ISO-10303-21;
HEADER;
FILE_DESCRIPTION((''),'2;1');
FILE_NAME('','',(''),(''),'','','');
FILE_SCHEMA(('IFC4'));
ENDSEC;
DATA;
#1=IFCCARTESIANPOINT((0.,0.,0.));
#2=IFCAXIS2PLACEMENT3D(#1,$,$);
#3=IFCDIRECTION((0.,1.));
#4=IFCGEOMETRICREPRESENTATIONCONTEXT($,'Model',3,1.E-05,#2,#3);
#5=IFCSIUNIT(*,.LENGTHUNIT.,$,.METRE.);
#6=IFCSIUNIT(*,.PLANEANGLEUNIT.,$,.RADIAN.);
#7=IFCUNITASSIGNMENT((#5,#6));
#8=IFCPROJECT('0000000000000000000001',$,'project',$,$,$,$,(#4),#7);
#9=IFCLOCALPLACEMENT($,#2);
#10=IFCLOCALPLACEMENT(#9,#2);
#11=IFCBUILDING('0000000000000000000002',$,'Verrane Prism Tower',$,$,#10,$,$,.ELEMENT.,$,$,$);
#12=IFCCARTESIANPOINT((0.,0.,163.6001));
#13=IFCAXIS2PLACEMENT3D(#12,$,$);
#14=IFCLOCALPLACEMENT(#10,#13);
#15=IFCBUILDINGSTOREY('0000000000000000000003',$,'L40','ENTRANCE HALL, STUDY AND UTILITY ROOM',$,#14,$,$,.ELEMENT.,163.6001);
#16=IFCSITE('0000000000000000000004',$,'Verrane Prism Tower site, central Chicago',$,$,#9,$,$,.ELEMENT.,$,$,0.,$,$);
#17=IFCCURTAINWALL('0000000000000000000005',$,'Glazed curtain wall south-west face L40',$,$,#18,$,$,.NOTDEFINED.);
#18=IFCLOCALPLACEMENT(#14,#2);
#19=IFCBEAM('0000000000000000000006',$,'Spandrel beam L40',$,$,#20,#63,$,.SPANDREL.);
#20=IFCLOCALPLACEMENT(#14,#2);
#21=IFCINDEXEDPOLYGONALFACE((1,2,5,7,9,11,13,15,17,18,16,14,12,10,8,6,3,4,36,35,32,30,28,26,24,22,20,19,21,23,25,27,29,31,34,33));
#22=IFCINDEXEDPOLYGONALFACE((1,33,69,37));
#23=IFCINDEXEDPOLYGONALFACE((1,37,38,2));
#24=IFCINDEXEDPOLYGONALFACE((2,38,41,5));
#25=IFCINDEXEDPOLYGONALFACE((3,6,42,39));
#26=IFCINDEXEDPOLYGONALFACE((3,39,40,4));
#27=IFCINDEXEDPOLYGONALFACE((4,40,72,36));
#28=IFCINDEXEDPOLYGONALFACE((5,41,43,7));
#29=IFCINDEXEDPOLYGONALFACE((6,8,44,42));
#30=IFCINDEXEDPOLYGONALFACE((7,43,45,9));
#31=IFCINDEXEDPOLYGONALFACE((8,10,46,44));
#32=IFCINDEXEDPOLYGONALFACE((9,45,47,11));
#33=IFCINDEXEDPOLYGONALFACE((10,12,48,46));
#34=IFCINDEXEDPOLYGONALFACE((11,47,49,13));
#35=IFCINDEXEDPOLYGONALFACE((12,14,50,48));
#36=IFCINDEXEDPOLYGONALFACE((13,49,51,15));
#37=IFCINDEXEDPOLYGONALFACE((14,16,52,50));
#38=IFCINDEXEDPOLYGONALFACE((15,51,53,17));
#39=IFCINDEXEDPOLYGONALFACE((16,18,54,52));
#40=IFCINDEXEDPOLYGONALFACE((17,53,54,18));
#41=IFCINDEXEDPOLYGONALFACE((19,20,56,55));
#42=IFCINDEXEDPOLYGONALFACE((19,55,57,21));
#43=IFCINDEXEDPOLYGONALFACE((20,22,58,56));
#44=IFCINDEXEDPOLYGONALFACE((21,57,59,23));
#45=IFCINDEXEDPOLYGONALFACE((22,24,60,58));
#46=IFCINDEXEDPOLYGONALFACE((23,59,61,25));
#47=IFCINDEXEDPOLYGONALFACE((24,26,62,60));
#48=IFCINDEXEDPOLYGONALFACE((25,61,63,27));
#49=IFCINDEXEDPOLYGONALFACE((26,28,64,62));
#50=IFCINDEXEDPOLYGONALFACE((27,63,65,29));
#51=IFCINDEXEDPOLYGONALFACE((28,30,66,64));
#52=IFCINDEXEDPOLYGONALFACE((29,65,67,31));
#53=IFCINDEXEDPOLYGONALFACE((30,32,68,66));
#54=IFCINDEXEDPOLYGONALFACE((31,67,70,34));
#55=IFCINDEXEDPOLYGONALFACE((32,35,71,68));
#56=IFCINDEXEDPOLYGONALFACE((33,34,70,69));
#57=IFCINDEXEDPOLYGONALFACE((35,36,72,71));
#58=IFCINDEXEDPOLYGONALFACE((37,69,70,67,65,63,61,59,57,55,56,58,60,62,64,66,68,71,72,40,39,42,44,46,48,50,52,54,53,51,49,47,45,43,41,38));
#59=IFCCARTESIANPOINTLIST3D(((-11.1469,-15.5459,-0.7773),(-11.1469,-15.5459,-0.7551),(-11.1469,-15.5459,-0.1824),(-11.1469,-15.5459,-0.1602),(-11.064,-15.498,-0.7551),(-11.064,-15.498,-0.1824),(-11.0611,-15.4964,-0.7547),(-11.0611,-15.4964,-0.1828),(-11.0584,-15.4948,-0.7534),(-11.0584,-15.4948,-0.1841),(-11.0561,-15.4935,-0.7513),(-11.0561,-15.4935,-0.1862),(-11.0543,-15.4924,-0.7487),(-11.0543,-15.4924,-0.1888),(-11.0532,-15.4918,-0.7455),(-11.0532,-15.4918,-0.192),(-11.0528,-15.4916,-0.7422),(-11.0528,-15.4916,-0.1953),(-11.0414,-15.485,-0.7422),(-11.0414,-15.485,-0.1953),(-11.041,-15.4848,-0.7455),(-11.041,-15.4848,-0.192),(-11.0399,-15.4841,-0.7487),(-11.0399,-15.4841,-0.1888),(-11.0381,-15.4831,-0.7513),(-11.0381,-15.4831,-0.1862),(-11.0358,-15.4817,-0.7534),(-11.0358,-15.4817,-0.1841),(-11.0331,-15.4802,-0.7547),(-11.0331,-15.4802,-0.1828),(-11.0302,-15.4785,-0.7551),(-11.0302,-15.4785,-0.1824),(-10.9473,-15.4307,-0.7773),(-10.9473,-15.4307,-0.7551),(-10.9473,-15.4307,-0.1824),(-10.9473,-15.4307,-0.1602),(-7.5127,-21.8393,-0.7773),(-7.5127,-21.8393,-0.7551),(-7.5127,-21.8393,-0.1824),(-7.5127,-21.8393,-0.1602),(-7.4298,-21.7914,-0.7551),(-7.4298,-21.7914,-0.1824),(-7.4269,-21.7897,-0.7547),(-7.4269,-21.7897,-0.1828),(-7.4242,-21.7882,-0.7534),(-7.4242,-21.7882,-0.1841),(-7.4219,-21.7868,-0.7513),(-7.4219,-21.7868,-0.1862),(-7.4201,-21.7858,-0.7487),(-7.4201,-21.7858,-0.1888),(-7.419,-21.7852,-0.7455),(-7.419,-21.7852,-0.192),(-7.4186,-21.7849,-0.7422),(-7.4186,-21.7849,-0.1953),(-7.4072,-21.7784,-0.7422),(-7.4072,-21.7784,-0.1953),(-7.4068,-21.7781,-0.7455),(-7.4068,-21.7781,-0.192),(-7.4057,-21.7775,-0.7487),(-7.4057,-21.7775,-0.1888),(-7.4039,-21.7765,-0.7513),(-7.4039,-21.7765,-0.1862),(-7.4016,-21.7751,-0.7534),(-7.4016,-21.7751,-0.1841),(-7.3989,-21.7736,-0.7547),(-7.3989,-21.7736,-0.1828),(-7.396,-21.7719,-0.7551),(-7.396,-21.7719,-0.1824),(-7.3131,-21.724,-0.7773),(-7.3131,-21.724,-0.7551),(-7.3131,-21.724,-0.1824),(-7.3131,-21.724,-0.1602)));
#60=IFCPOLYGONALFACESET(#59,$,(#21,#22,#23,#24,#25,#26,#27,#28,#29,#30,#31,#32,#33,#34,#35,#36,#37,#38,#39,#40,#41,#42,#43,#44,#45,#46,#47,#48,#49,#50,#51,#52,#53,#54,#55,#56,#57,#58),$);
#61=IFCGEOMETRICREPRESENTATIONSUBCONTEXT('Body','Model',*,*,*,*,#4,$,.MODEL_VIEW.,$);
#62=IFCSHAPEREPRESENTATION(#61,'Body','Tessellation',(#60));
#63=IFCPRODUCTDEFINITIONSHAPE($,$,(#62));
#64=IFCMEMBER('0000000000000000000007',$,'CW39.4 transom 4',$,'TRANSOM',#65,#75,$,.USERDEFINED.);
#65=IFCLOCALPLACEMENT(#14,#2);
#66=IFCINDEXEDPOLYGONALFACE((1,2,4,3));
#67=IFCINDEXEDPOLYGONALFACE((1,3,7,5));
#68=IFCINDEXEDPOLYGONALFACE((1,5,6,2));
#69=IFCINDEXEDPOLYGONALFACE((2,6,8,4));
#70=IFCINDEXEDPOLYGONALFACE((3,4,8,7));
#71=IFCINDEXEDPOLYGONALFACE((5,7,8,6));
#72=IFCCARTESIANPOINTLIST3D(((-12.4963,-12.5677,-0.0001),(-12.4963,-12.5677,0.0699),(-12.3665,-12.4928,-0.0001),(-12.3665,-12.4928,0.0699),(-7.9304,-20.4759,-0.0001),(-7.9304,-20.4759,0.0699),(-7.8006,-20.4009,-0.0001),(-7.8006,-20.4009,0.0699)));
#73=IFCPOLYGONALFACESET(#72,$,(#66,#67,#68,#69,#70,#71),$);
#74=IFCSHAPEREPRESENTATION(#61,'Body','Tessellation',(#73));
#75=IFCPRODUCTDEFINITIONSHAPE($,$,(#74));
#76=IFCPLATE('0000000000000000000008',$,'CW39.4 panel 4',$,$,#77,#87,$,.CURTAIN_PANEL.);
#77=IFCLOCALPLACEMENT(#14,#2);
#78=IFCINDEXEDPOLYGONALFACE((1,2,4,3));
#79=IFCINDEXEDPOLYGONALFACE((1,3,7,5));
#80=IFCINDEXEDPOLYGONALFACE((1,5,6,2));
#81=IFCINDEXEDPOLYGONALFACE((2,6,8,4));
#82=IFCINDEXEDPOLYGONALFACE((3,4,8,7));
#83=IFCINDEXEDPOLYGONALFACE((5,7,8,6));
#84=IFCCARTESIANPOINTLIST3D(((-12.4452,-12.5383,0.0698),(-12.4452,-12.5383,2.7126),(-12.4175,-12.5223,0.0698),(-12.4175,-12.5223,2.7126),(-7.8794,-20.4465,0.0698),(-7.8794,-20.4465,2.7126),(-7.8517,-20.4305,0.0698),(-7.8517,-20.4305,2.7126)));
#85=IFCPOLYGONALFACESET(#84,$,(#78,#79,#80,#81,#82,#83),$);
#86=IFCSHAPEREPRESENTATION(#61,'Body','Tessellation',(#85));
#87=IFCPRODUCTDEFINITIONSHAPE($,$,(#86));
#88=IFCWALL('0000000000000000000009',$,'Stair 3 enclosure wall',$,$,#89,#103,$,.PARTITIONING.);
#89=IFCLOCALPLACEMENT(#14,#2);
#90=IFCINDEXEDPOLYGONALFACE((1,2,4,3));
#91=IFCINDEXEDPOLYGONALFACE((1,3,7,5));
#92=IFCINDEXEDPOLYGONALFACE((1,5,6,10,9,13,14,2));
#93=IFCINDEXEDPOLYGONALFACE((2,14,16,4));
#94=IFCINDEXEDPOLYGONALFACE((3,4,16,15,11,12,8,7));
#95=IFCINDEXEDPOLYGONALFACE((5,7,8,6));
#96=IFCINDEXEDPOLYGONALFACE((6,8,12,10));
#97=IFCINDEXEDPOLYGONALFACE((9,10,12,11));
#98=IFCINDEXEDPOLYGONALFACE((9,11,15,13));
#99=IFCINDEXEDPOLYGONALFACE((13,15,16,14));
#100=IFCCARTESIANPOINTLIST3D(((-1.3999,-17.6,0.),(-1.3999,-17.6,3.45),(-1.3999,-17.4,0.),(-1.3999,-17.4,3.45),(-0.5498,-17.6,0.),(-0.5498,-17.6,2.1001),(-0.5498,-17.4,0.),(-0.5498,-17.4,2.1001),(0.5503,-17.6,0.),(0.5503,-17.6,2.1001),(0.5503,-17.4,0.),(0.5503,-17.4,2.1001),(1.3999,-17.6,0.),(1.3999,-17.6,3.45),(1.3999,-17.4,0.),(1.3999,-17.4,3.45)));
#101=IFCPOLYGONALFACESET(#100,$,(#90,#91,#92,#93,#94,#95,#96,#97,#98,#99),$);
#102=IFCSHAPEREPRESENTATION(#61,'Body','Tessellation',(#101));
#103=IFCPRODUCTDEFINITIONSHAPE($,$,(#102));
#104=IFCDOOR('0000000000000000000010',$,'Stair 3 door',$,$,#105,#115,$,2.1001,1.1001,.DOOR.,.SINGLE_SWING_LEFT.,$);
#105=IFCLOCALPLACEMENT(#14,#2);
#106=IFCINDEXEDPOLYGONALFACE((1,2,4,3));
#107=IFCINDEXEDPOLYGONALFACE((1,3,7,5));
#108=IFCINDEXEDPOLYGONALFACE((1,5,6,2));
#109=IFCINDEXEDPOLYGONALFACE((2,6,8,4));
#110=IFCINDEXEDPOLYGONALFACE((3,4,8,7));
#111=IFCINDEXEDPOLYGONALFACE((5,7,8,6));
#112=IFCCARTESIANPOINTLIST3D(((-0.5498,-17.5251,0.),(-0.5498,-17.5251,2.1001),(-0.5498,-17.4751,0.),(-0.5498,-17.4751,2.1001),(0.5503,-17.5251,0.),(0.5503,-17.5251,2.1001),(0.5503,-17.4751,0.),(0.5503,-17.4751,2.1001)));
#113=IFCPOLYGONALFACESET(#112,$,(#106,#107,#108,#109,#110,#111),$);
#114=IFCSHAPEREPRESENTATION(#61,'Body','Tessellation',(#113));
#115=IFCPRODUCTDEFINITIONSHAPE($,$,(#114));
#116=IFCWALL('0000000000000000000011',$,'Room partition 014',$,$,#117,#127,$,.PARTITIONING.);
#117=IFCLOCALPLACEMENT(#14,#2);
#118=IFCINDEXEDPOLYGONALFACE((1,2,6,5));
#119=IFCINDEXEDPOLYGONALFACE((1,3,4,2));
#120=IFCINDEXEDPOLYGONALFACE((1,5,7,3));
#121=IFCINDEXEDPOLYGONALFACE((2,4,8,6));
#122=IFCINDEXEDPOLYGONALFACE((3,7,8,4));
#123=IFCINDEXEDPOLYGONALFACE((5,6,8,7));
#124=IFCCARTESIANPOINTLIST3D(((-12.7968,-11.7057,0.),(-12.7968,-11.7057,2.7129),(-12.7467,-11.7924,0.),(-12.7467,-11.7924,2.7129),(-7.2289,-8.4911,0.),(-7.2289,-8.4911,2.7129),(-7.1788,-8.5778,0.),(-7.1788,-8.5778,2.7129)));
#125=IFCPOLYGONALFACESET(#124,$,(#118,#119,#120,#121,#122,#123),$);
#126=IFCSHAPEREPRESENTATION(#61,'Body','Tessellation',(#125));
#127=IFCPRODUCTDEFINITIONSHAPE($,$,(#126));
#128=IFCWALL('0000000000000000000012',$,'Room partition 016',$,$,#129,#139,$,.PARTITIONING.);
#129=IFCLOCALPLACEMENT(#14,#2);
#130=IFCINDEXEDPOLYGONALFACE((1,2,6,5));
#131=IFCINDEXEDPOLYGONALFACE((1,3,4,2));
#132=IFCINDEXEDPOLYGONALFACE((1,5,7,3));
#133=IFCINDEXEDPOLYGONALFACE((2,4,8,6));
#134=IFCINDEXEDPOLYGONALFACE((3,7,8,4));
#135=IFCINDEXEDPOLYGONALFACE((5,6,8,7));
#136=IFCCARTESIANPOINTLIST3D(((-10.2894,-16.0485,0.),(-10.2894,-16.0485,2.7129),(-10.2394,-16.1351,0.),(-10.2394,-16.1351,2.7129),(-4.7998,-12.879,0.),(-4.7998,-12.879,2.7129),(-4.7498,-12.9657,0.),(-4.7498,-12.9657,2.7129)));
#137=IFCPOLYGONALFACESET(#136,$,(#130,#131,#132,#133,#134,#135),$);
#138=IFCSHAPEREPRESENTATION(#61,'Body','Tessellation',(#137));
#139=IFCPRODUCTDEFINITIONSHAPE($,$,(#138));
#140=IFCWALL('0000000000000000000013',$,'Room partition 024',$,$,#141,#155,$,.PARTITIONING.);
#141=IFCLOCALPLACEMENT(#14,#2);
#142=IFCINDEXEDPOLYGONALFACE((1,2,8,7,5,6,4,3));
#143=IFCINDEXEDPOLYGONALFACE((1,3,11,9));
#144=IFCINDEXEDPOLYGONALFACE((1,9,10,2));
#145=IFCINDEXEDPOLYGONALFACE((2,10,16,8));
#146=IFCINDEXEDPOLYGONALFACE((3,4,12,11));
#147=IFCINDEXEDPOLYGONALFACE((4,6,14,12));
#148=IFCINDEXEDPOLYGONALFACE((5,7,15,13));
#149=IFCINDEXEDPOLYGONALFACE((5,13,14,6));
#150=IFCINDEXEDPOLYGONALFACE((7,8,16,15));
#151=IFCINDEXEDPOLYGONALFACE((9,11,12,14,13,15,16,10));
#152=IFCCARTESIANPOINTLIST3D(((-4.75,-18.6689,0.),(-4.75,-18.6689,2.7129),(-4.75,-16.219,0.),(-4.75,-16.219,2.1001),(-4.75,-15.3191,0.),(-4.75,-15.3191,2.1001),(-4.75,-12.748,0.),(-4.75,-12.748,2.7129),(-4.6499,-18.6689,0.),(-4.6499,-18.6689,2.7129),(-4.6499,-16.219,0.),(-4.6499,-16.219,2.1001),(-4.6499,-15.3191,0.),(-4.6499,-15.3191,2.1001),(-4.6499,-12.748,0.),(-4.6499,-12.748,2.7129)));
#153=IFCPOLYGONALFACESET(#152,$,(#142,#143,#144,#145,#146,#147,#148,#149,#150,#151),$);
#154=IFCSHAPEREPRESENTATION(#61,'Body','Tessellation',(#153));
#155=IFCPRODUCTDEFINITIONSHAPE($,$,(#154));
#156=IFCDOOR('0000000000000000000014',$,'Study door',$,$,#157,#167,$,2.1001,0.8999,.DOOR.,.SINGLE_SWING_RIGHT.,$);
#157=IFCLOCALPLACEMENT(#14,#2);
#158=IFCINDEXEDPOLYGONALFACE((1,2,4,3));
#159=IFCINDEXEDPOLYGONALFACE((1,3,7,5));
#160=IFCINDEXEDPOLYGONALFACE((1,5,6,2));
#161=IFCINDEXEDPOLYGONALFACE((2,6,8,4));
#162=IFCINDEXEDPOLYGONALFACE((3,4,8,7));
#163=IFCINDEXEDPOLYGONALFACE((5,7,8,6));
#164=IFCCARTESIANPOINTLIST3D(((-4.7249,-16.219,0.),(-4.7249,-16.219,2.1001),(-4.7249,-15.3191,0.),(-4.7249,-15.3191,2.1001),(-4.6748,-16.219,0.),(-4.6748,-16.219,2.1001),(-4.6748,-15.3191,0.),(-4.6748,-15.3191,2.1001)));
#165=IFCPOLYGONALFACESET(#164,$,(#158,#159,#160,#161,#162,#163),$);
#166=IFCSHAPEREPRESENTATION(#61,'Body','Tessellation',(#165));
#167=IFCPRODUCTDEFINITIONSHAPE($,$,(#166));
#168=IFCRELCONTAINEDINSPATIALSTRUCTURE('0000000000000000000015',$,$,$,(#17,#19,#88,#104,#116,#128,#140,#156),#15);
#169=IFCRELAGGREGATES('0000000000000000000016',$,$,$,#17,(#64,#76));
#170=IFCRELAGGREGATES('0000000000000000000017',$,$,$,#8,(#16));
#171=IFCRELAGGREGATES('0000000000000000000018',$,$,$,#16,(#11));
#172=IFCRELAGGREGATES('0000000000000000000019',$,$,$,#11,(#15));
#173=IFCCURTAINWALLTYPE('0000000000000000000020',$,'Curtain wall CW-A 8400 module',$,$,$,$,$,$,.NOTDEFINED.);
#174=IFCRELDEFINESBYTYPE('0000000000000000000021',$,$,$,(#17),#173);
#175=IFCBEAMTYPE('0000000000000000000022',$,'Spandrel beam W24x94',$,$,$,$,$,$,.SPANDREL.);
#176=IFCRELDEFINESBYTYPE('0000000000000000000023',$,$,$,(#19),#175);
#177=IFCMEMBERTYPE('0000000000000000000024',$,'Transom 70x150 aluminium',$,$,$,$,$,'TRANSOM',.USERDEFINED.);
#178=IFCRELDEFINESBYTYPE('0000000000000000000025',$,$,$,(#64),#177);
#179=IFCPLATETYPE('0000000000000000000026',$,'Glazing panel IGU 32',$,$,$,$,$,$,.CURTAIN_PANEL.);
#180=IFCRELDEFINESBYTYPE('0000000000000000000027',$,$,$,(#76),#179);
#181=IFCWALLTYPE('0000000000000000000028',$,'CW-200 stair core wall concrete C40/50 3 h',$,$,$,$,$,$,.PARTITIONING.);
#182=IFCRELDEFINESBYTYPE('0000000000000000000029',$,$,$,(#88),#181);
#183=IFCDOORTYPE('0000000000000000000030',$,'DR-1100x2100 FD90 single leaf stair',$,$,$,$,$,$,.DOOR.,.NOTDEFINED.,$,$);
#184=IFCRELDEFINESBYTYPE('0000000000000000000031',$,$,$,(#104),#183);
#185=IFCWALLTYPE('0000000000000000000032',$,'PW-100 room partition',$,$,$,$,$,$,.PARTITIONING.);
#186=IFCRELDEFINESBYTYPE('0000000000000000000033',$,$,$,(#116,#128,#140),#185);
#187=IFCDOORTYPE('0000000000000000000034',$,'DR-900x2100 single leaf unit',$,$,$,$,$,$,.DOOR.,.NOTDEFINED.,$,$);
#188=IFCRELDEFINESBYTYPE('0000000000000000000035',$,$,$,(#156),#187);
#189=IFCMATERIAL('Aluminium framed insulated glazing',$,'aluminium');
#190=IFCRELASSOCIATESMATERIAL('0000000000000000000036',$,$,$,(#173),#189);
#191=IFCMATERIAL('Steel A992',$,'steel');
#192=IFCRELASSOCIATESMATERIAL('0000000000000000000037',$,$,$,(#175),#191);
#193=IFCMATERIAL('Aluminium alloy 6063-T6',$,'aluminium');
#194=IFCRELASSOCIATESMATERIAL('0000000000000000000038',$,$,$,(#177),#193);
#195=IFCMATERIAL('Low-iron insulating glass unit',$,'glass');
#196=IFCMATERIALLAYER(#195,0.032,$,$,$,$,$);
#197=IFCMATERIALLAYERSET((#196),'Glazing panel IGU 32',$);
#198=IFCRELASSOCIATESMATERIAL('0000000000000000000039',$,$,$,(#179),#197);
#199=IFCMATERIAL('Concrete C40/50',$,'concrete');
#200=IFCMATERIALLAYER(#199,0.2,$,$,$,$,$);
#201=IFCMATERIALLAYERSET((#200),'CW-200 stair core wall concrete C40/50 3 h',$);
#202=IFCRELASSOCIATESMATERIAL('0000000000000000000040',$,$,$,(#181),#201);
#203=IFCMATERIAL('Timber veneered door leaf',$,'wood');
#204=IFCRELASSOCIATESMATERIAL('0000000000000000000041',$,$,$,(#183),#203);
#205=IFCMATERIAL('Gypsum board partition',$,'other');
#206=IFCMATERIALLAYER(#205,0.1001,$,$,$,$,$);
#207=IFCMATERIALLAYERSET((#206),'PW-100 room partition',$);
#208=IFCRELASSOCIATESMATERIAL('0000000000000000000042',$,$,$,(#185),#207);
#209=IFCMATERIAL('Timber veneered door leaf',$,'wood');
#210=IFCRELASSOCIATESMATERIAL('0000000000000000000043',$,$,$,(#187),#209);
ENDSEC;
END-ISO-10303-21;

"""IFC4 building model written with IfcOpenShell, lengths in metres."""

from ifc_helpers import new_model, si_unit, direction, frame, frame_2d, origin, origin_2d, place, context, subcontext, project, spatial, rectangle, i_section, extrude, material, layer, layer_set, material_profile, profile_set, type_object, element, fill, aggregate, save


model = new_model("IFC4")

# Units and contexts
model_context = context("Model", 3, precision=1e-05, world=origin(), true_north=direction((0.0, 1.0)))
body_context = subcontext(model_context, "Body", "Model", "MODEL_VIEW")
ifc_project = project(units=[si_unit("LENGTHUNIT", "METRE"), si_unit("PLANEANGLEUNIT", "RADIAN")], contexts=[model_context])

# Site, building, storey
site_placement = place(None, origin())
site = spatial("IfcSite", under=ifc_project, at=site_placement, Name="Verrane Prism Tower site, central Chicago", CompositionType="ELEMENT", RefElevation=0.0)
building_placement = place(site_placement, origin())
building = spatial("IfcBuilding", under=site, at=building_placement, Name="Verrane Prism Tower", CompositionType="ELEMENT")
storey_placement = place(building_placement, frame((0.0, 0.0, 163.6001)))
storey = spatial("IfcBuildingStorey", under=building, at=storey_placement, Name="L40", Description="ENTRANCE HALL, STUDY AND UTILITY ROOM", CompositionType="ELEMENT", Elevation=163.6001)

# Curtain wall
ifc_material_1 = material(Name="Aluminium framed insulated glazing", Category="aluminium")
curtain_wall_type = type_object("IfcCurtainWallType", Name="Curtain wall CW-A 8400 module", PredefinedType="NOTDEFINED", material=ifc_material_1)
curtain_wall_placement = place(storey_placement, origin())
curtain_wall = element("IfcCurtainWall", 1, at=curtain_wall_placement, inside=storey, type_object=curtain_wall_type, Name="Glazed curtain wall south-west face L40", PredefinedType="NOTDEFINED")

# Beam
ifc_material_2 = material(Name="Steel A992", Category="steel")
ifc_material_profile_1 = material_profile(ifc_material_2, i_section(OverallWidth=0.2305, OverallDepth=0.6172, WebThickness=0.0132, FlangeThickness=0.0222, FilletRadius=0.0129, at=origin_2d()), Name="W24x94")
ifc_profile_set_1 = profile_set([ifc_material_profile_1], Name="Steel A992")
beam_type_1 = type_object("IfcBeamType", Name="Spandrel beam W24x94", PredefinedType="SPANDREL", material=ifc_profile_set_1)
beam_1_placement = place(storey_placement, frame((-11.0471, -15.4883, -0.4688), z_axis=(0.500077, -0.865981, 0.0), x_axis=(0.865981, 0.500077, 0.0)))
element("IfcBeam", 2, at=beam_1_placement, inside=storey, type_object=beam_type_1, Name="Spandrel beam L40", PredefinedType="SPANDREL", context=body_context, shape_type="SweptSolid", body=[
    extrude(i_section(OverallWidth=0.2305, OverallDepth=0.6172, WebThickness=0.0132, FlangeThickness=0.0222, FilletRadius=0.0129, at=origin_2d()), origin(), (0.0, 0.0, 1.0), 7.2673),
])

# Member
ifc_material_3 = material(Name="Aluminium alloy 6063-T6", Category="aluminium")
ifc_material_profile_2 = material_profile(ifc_material_3, rectangle(XDim=0.1499, YDim=0.0701, at=origin_2d()), Name="Transom 70x150 aluminium")
ifc_profile_set_2 = profile_set([ifc_material_profile_2], Name="Aluminium alloy 6063-T6")
member_type_1 = type_object("IfcMemberType", Name="Transom 70x150 aluminium", ElementType="TRANSOM", PredefinedType="USERDEFINED", material=ifc_profile_set_2)
member_1_placement = place(storey_placement, frame((-12.4314, -12.5303, 0.0349), z_axis=(0.500009, -0.86602, 0.0), x_axis=(0.86602, 0.500009, 0.0)))
member_1 = element("IfcMember", 3, at=member_1_placement, type_object=member_type_1, Name="CW39.4 transom 4", ObjectType="TRANSOM", PredefinedType="USERDEFINED", context=body_context, shape_type="SweptSolid", body=[
    extrude(rectangle(XDim=0.1499, YDim=0.0701, at=origin_2d()), origin(), (0.0, 0.0, 1.0), 9.1316),
])

# Plate
ifc_material_4 = material(Name="Low-iron insulating glass unit", Category="glass")
ifc_layer_1 = layer(ifc_material_4, 0.032)
ifc_layer_set_1 = layer_set([ifc_layer_1], Name="Glazing panel IGU 32")
plate_type = type_object("IfcPlateType", Name="Glazing panel IGU 32", PredefinedType="CURTAIN_PANEL", material=ifc_layer_set_1)
plate_placement = place(storey_placement, frame((-10.1484, -16.4844, 0.0698), z_axis=(0.0, 0.0, 1.0), x_axis=(0.499999, -0.866026, 0.0)))
plate = element("IfcPlate", 4, at=plate_placement, type_object=plate_type, Name="CW39.4 panel 4", PredefinedType="CURTAIN_PANEL", context=body_context, shape_type="SweptSolid", body=[
    extrude(rectangle(XDim=9.1316, YDim=0.032, at=origin_2d()), origin(), (0.0, 0.0, 1.0), 2.6428),
])
aggregate(curtain_wall, [member_1, plate])

# Wall, opening, door
ifc_material_5 = material(Name="Concrete C40/50", Category="concrete")
ifc_layer_2 = layer(ifc_material_5, 0.2)
ifc_layer_set_2 = layer_set([ifc_layer_2], Name="CW-200 stair core wall concrete C40/50 3 h")
wall_type_1 = type_object("IfcWallType", Name="CW-200 stair core wall concrete C40/50 3 h", PredefinedType="PARTITIONING", material=ifc_layer_set_2)
wall_1_placement = place(storey_placement, frame((-1.3999, -17.5, 0.0), z_axis=(0.0, 0.0, 1.0), x_axis=(1.0, 0.0, 0.0)))
wall_1 = element("IfcWall", 5, at=wall_1_placement, inside=storey, type_object=wall_type_1, Name="Stair 3 enclosure wall", PredefinedType="PARTITIONING", context=body_context, shape_type="SweptSolid", body=[
    extrude(rectangle(XDim=2.7998, YDim=0.2, at=frame_2d((1.3999, 0.0))), origin(), (0.0, 0.0, 1.0), 3.45),
])
opening_1_placement = place(wall_1_placement, frame((0.8501, 0.0, 0.0)))
opening_1 = element("IfcOpeningElement", 6, at=opening_1_placement, cuts=wall_1, PredefinedType="OPENING", context=body_context, shape_type="SweptSolid", body=[
    extrude(rectangle(XDim=1.1001, YDim=2.1001, at=frame_2d((0.55, 1.05))), frame((0.0, 0.1099, 0.0), z_axis=(0.0, -1.0, 0.0), x_axis=(1.0, 0.0, 0.0)), (0.0, 0.0, 1.0), 0.22),
])
ifc_material_6 = material(Name="Timber veneered door leaf", Category="wood")
door_type_1 = type_object("IfcDoorType", Name="DR-1100x2100 FD90 single leaf stair", OperationType="NOTDEFINED", PredefinedType="DOOR", material=ifc_material_6)
door_1_placement = place(opening_1_placement, origin())
door_1 = element("IfcDoor", 7, at=door_1_placement, inside=storey, type_object=door_type_1, Name="Stair 3 door", OperationType="SINGLE_SWING_LEFT", OverallHeight=2.1001, OverallWidth=1.1001, PredefinedType="DOOR", context=body_context, shape_type="SweptSolid", body=[
    extrude(rectangle(XDim=1.1001, YDim=2.1001, at=frame_2d((0.55, 1.05))), frame((0.0, 0.0249, 0.0), z_axis=(0.0, -1.0, 0.0), x_axis=(1.0, 0.0, 0.0)), (0.0, 0.0, 1.0), 0.05),
])
fill(opening_1, door_1)

# Walls
ifc_material_7 = material(Name="Gypsum board partition", Category="other")
ifc_layer_3 = layer(ifc_material_7, 0.1001)
ifc_layer_set_3 = layer_set([ifc_layer_3], Name="PW-100 room partition")
wall_type_2 = type_object("IfcWallType", Name="PW-100 room partition", PredefinedType="PARTITIONING", material=ifc_layer_set_3)
wall_2_placement = place(storey_placement, frame((-12.7717, -11.749, 0.0), z_axis=(0.0, 0.0, 1.0), x_axis=(0.866026, 0.499999, 0.0)))
element("IfcWall", 8, at=wall_2_placement, inside=storey, type_object=wall_type_2, Name="Room partition 014", PredefinedType="PARTITIONING", context=body_context, shape_type="SweptSolid", body=[
    extrude(rectangle(XDim=6.4292, YDim=0.1001, at=frame_2d((3.2146, 0.0))), origin(), (0.0, 0.0, 1.0), 2.7129),
])
wall_3_placement = place(storey_placement, frame((-10.2644, -16.0918, 0.0), z_axis=(0.0, 0.0, 1.0), x_axis=(0.866021, 0.500008, 0.0)))
element("IfcWall", 9, at=wall_3_placement, inside=storey, type_object=wall_type_2, Name="Room partition 016", PredefinedType="PARTITIONING", context=body_context, shape_type="SweptSolid", body=[
    extrude(rectangle(XDim=6.3389, YDim=0.1001, at=frame_2d((3.1694, 0.0))), origin(), (0.0, 0.0, 1.0), 2.7129),
])

# Wall, opening, door
wall_4_placement = place(storey_placement, frame((-4.7, -18.6689, 0.0), z_axis=(0.0, 0.0, 1.0), x_axis=(0.0, 1.0, 0.0)))
wall_4 = element("IfcWall", 10, at=wall_4_placement, inside=storey, type_object=wall_type_2, Name="Room partition 024", PredefinedType="PARTITIONING", context=body_context, shape_type="SweptSolid", body=[
    extrude(rectangle(XDim=5.9209, YDim=0.1001, at=frame_2d((2.9604, 0.0))), origin(), (0.0, 0.0, 1.0), 2.7129),
])
opening_2_placement = place(wall_4_placement, frame((2.45, 0.0, 0.0)))
opening_2 = element("IfcOpeningElement", 11, at=opening_2_placement, cuts=wall_4, PredefinedType="OPENING", context=body_context, shape_type="SweptSolid", body=[
    extrude(rectangle(XDim=0.8999, YDim=2.1001, at=frame_2d((0.45, 1.05))), frame((0.0, 0.0601, 0.0), z_axis=(0.0, -1.0, 0.0), x_axis=(1.0, 0.0, 0.0)), (0.0, 0.0, 1.0), 0.1201),
])
ifc_material_8 = material(Name="Timber veneered door leaf", Category="wood")
door_type_2 = type_object("IfcDoorType", Name="DR-900x2100 single leaf unit", OperationType="NOTDEFINED", PredefinedType="DOOR", material=ifc_material_8)
door_2_placement = place(opening_2_placement, origin())
door_2 = element("IfcDoor", 12, at=door_2_placement, inside=storey, type_object=door_type_2, Name="Study door", OperationType="SINGLE_SWING_RIGHT", OverallHeight=2.1001, OverallWidth=0.8999, PredefinedType="DOOR", context=body_context, shape_type="SweptSolid", body=[
    extrude(rectangle(XDim=0.8999, YDim=2.1001, at=frame_2d((0.45, 1.05))), frame((0.0, 0.0249, 0.0), z_axis=(0.0, -1.0, 0.0), x_axis=(1.0, 0.0, 0.0)), (0.0, 0.0, 1.0), 0.05),
])
fill(opening_2, door_2)

save(model, "model.ifc")
